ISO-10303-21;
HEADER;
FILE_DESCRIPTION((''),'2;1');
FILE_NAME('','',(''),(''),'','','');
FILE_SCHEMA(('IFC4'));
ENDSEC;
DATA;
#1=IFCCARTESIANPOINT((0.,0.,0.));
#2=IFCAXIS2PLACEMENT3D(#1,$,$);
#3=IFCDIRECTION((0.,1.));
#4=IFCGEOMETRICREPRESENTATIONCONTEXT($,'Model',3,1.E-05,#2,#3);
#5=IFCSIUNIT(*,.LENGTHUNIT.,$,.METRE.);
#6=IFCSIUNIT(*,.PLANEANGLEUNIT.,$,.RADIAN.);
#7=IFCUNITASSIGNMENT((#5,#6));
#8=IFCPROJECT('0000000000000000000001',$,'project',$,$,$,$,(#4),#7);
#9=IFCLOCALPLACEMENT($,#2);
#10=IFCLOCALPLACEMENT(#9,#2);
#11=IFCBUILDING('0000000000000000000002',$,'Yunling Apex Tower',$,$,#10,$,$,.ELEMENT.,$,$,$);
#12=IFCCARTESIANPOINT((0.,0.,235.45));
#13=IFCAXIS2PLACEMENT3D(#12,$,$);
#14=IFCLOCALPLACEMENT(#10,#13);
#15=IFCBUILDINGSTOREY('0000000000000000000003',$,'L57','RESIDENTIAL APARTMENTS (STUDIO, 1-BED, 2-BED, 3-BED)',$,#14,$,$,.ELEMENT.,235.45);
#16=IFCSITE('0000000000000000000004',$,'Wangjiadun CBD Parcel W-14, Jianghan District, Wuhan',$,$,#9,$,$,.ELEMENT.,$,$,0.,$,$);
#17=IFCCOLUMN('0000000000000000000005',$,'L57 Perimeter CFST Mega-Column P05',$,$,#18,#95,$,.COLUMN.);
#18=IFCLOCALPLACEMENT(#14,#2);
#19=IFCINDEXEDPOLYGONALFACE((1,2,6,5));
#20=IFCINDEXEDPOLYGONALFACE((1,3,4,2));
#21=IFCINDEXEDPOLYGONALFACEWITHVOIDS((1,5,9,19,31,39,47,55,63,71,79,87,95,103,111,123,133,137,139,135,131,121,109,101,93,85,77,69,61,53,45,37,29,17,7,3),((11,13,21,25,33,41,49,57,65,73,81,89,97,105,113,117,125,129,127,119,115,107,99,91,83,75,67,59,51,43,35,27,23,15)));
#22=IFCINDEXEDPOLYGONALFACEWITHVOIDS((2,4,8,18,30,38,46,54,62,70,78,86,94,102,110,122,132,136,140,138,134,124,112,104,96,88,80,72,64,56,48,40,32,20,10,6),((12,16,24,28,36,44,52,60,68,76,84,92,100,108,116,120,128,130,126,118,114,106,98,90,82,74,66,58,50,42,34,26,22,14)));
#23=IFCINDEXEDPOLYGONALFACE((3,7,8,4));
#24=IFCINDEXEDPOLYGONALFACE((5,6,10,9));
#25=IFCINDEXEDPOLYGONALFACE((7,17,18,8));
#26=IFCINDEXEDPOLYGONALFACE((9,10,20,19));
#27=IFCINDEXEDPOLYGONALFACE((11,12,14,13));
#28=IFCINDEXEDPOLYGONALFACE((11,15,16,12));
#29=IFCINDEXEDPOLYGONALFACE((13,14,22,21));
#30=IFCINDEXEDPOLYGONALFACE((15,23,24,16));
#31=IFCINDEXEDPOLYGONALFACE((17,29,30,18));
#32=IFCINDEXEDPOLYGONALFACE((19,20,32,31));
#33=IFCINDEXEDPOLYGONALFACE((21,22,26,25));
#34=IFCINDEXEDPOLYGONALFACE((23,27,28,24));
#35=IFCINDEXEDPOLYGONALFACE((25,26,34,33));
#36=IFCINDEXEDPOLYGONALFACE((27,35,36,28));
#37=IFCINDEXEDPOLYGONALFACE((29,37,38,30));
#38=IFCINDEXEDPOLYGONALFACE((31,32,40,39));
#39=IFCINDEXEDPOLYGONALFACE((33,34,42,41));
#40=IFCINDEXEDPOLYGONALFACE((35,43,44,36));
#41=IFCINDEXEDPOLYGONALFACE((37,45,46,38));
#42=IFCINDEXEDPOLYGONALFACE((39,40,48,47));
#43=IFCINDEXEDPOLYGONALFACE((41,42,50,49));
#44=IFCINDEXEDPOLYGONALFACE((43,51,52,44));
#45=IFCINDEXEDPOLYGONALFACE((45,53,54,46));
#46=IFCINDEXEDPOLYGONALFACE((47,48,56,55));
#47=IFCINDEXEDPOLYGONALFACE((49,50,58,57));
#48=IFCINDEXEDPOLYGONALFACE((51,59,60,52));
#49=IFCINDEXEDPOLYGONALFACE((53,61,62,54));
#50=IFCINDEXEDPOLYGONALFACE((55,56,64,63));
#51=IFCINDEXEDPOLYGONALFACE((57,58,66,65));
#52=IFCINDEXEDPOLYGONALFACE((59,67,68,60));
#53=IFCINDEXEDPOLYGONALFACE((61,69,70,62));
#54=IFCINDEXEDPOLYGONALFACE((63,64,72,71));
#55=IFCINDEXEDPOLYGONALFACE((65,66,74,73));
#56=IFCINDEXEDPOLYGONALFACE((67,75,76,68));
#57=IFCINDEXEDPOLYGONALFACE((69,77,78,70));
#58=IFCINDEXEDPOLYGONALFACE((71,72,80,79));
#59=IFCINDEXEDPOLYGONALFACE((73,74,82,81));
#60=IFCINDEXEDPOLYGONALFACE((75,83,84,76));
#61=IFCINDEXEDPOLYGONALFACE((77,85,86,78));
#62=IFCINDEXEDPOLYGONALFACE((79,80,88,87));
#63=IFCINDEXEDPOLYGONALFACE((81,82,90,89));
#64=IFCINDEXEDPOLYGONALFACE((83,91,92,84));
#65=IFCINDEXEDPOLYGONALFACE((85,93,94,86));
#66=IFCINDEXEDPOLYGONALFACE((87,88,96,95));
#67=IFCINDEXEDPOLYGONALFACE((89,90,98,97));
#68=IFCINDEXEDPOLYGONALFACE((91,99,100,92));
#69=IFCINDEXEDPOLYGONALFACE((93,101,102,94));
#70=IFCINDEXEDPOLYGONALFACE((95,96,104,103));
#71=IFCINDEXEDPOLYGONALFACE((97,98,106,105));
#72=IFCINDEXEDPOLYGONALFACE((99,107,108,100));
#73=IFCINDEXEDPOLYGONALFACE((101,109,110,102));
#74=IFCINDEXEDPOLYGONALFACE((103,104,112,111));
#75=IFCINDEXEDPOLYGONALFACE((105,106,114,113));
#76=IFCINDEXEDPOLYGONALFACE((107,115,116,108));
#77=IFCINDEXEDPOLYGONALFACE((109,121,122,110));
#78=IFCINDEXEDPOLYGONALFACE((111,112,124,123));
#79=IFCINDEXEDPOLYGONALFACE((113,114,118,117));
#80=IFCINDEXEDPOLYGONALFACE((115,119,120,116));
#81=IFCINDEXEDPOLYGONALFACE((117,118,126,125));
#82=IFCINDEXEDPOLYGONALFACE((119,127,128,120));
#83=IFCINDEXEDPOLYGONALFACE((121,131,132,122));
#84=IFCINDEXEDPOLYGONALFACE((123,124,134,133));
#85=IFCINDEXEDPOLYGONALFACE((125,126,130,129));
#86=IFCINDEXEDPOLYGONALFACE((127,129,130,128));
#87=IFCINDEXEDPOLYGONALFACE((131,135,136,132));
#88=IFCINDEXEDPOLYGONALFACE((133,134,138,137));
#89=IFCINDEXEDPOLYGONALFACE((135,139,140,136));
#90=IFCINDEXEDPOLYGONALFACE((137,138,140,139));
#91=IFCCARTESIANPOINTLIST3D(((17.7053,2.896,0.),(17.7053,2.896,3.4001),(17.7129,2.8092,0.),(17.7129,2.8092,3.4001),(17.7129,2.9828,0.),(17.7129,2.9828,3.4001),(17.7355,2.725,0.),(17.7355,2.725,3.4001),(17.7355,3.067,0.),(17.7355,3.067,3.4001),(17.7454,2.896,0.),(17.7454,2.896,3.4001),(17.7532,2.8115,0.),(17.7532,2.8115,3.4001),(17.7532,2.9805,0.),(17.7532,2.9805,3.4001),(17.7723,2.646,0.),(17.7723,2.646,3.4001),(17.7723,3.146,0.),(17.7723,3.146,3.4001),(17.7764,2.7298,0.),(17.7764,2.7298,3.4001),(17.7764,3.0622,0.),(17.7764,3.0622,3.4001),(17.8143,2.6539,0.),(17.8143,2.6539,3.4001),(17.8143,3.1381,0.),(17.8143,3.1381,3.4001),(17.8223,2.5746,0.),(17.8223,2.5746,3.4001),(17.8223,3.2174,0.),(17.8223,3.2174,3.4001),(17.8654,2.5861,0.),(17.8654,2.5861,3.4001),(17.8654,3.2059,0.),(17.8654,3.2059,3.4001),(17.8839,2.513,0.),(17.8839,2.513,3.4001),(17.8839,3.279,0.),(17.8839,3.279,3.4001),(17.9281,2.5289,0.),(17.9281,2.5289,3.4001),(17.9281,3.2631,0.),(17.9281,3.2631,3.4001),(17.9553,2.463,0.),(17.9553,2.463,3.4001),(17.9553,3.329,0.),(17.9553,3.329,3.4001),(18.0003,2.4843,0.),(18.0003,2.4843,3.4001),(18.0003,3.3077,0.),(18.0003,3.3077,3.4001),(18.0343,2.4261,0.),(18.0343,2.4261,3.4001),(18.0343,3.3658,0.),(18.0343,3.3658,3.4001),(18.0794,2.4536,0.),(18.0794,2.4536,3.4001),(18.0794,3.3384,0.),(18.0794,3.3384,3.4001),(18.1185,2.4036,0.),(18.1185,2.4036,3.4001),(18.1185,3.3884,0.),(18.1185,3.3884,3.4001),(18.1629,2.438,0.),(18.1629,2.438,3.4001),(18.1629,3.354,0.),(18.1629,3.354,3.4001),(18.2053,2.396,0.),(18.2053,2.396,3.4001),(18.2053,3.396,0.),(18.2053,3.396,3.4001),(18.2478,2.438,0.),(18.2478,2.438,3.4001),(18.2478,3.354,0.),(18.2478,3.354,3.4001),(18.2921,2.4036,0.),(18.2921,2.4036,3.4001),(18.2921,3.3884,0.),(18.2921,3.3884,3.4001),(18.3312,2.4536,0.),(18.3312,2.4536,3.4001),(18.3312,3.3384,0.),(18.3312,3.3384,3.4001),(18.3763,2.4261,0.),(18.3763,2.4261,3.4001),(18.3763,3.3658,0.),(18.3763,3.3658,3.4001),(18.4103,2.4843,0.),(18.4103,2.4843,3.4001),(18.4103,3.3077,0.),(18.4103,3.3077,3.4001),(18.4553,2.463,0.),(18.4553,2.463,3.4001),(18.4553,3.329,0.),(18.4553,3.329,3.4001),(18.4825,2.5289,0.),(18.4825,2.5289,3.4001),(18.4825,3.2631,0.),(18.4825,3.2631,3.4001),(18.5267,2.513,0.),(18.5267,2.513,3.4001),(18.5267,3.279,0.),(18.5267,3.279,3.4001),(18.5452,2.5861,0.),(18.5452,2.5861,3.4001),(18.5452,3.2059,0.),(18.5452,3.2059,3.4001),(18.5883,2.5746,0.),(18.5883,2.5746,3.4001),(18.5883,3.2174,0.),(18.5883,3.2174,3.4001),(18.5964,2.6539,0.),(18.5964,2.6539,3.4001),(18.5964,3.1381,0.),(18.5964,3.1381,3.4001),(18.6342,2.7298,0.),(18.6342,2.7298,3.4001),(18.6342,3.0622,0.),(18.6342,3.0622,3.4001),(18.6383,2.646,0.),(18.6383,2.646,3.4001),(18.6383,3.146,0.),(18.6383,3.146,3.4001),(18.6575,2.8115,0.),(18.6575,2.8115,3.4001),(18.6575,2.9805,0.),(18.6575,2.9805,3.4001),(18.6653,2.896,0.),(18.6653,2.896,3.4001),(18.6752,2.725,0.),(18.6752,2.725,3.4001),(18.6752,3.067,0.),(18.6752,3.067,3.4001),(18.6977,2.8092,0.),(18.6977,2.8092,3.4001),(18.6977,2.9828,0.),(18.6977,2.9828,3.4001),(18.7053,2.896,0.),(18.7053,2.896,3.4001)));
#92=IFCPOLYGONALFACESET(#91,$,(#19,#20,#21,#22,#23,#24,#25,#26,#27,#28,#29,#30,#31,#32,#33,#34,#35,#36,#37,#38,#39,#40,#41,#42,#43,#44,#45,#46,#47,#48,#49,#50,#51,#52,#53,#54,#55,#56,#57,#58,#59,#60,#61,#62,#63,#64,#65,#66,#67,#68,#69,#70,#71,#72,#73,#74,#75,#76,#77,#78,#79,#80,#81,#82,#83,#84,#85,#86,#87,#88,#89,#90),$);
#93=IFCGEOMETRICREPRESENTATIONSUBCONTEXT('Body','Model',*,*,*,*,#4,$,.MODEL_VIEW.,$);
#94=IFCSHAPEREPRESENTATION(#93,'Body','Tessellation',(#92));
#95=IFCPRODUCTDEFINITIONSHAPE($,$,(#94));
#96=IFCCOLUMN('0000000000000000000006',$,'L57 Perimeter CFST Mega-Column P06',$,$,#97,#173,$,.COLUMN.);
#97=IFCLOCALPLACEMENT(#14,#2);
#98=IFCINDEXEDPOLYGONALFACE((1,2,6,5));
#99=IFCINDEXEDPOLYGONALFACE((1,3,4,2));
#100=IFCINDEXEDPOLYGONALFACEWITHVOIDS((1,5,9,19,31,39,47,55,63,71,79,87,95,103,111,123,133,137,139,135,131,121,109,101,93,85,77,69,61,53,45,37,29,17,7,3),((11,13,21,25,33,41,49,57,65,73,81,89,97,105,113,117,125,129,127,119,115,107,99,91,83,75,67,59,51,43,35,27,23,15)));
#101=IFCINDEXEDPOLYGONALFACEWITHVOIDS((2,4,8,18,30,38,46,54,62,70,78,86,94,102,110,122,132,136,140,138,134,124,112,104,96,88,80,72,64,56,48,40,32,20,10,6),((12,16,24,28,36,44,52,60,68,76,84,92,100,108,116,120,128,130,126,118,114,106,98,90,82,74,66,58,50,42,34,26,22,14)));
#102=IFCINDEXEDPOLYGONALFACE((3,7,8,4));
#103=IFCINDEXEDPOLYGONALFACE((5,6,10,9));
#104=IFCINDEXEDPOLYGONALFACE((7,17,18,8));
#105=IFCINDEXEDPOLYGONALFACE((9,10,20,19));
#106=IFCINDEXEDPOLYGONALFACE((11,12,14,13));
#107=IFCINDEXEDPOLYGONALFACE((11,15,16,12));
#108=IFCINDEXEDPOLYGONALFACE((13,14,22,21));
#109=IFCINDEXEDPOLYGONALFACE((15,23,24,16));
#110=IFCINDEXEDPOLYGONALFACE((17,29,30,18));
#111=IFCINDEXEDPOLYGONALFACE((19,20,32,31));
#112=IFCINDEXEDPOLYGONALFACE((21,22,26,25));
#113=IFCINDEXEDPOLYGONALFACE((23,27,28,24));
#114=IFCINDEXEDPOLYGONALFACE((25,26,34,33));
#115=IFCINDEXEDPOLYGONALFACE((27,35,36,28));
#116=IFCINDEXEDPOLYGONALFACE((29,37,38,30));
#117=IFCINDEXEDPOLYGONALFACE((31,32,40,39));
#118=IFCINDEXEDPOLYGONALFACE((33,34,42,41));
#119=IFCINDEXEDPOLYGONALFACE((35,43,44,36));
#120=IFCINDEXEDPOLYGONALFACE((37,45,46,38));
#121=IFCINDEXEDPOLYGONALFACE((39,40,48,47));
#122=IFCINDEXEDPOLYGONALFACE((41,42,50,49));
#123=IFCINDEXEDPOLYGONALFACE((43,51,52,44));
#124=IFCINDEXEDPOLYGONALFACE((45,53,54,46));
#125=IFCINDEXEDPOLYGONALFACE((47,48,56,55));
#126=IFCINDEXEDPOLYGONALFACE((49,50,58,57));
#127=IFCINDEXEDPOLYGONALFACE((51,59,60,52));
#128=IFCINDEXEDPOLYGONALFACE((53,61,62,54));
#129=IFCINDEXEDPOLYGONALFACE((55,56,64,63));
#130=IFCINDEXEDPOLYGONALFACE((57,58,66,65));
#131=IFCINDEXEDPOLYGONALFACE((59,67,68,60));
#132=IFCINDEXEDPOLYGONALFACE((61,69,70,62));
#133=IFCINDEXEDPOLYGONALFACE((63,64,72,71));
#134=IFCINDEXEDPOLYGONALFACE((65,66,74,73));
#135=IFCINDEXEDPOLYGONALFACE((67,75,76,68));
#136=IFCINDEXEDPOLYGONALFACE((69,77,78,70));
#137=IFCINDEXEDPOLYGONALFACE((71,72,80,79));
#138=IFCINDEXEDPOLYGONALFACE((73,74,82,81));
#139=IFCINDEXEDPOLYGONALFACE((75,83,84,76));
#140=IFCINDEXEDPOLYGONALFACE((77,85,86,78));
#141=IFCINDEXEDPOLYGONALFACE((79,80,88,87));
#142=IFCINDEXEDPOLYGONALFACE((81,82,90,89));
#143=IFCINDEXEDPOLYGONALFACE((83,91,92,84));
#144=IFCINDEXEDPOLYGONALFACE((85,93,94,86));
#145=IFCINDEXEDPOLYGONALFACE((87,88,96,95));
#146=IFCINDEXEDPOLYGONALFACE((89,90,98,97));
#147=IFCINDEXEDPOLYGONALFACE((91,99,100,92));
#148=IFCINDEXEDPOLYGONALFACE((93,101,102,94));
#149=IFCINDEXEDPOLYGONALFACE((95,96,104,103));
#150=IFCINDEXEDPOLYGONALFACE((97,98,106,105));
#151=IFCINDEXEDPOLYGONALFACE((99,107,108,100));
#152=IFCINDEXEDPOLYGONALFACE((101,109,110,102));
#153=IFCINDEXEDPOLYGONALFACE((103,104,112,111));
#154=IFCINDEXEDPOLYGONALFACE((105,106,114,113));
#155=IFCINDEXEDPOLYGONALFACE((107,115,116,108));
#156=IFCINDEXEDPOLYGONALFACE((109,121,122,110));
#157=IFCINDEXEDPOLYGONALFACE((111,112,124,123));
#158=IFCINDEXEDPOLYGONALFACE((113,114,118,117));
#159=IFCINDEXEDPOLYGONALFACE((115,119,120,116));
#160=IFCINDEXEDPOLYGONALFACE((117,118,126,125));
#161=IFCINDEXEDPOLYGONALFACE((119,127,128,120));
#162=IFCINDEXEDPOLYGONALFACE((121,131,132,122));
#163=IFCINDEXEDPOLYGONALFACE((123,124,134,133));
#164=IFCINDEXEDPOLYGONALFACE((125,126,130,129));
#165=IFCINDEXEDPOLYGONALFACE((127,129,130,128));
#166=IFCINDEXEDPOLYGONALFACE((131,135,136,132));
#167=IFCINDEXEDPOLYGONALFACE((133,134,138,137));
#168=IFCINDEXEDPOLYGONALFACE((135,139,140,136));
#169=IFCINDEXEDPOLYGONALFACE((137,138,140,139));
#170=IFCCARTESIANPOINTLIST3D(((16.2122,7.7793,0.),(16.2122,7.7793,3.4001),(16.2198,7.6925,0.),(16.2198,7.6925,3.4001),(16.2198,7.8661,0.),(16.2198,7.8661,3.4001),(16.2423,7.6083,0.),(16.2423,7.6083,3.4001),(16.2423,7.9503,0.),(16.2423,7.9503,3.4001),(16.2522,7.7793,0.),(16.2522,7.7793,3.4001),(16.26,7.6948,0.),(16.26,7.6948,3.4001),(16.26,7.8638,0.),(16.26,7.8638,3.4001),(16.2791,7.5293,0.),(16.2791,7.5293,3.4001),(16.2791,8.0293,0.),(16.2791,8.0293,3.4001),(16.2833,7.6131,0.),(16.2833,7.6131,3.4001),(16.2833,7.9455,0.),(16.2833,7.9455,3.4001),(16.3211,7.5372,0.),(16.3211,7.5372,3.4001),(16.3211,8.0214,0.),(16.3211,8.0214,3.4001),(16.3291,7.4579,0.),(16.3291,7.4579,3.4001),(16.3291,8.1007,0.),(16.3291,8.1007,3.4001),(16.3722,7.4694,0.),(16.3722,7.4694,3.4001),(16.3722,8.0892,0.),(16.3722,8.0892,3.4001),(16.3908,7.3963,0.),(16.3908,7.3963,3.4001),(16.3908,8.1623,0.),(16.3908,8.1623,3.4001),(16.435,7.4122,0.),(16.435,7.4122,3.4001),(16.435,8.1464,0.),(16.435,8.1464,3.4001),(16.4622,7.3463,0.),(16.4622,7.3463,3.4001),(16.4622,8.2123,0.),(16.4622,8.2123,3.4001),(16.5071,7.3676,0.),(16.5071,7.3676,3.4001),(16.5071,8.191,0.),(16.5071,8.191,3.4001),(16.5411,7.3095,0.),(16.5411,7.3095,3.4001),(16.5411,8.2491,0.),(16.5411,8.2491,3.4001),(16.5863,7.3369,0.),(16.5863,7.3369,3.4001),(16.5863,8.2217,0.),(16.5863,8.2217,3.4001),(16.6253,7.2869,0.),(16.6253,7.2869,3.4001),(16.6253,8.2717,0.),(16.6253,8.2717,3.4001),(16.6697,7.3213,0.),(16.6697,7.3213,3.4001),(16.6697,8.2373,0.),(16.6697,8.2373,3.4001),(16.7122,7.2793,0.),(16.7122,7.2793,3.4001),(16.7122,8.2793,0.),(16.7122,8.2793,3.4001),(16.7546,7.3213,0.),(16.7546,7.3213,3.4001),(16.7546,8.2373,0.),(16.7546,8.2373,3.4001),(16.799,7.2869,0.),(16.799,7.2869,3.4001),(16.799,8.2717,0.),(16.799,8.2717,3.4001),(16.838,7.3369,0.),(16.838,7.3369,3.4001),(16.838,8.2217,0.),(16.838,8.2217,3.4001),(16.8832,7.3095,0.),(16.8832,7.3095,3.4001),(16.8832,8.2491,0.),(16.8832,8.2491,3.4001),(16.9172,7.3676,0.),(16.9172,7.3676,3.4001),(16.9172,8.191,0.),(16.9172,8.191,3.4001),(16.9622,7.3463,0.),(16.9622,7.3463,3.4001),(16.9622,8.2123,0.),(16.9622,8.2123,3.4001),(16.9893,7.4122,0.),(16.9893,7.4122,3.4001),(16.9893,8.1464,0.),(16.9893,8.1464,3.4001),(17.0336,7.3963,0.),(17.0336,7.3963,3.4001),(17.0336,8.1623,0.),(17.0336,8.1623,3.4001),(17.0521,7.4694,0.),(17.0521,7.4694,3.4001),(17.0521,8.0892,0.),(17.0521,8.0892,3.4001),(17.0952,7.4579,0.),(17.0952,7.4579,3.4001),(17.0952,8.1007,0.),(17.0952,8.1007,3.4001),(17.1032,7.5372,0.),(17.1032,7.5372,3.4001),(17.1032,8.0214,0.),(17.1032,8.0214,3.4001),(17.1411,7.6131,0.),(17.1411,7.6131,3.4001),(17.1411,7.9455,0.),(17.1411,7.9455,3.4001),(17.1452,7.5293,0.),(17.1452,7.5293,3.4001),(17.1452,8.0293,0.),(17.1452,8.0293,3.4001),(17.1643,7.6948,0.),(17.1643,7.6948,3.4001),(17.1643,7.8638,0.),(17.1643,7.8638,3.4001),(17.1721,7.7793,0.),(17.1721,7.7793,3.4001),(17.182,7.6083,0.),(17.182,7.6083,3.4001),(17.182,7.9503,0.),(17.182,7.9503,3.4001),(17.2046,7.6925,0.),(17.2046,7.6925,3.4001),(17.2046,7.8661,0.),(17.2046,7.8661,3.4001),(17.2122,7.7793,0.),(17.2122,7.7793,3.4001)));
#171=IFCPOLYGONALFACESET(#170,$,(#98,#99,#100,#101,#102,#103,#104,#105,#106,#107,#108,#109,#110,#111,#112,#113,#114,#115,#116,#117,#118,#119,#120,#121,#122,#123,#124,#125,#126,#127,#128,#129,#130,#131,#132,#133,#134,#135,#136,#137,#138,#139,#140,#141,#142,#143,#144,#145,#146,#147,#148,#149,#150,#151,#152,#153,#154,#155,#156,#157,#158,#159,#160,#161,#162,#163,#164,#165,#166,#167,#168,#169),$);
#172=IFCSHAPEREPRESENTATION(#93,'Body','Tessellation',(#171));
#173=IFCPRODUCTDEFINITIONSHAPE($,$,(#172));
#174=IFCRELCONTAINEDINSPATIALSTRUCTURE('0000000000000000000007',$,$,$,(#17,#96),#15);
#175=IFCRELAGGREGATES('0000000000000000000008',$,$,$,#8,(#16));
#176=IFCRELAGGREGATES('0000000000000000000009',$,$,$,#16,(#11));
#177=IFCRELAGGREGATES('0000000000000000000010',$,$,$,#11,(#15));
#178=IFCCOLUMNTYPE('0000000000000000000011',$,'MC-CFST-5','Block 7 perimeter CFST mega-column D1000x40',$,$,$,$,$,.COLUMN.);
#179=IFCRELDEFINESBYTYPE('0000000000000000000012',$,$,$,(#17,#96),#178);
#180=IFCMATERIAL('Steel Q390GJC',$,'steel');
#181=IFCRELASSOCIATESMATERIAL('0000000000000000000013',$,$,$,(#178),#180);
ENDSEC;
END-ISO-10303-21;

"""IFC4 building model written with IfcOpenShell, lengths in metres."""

from ifc_helpers import new_model, si_unit, direction, frame, origin, origin_2d, place, context, subcontext, project, spatial, hollow_circle, extrude, source, transform, mapped, material, material_profile, profile_set, type_object, element, save


model = new_model("IFC4")

# Units and contexts
model_context = context("Model", 3, precision=1e-05, world=origin(), true_north=direction((0.0, 1.0)))
body_context = subcontext(model_context, "Body", "Model", "MODEL_VIEW")
ifc_project = project(units=[si_unit("LENGTHUNIT", "METRE"), si_unit("PLANEANGLEUNIT", "RADIAN")], contexts=[model_context])

# Site, building, storey
site_placement = place(None, origin())
site = spatial("IfcSite", under=ifc_project, at=site_placement, Name="Wangjiadun CBD Parcel W-14, Jianghan District, Wuhan", CompositionType="ELEMENT", RefElevation=0.0)
building_placement = place(site_placement, origin())
building = spatial("IfcBuilding", under=site, at=building_placement, Name="Yunling Apex Tower", CompositionType="ELEMENT")
storey_placement = place(building_placement, frame((0.0, 0.0, 235.45)))
storey = spatial("IfcBuildingStorey", under=building, at=storey_placement, Name="L57", Description="RESIDENTIAL APARTMENTS (STUDIO, 1-BED, 2-BED, 3-BED)", CompositionType="ELEMENT", Elevation=235.45)

# Columns
ifc_material_1 = material(Name="Steel Q390GJC", Category="steel")
ifc_material_profile_1 = material_profile(ifc_material_1, hollow_circle(Radius=0.5, WallThickness=0.04, at=origin_2d()))
ifc_profile_set_1 = profile_set([ifc_material_profile_1], Name="Steel Q390GJC")
column_type = type_object("IfcColumnType", Name="MC-CFST-5", Description="Block 7 perimeter CFST mega-column D1000x40", PredefinedType="COLUMN", material=ifc_profile_set_1)
shared_shape_1 = source(origin(), body_context, "Body", "SweptSolid", [
    extrude(hollow_circle(Radius=0.5, WallThickness=0.04, at=origin_2d()), origin(), (0.0, 0.0, 1.0), 3.4001),
])
for number, where, z_axis, x_axis, name in (
    (1, (18.2053, 2.896, 0.0), (0.0, 0.0, 1.0), (1.0, 0.0, 0.0), "L57 Perimeter CFST Mega-Column P05"),
    (2, (16.7122, 7.7793, 0.0), (0.0, 0.0, 1.0), (1.0, 0.0, 0.0), "L57 Perimeter CFST Mega-Column P06"),
):
    element("IfcColumn", number, at=place(storey_placement, frame(where, z_axis=z_axis, x_axis=x_axis)), inside=storey, type_object=column_type, Name=name, PredefinedType="COLUMN", context=body_context, shape_type="MappedRepresentation", body=[
        mapped(shared_shape_1, transform((0.0, 0.0, 0.0), scale=1.0)),
    ])

save(model, "model.ifc")
